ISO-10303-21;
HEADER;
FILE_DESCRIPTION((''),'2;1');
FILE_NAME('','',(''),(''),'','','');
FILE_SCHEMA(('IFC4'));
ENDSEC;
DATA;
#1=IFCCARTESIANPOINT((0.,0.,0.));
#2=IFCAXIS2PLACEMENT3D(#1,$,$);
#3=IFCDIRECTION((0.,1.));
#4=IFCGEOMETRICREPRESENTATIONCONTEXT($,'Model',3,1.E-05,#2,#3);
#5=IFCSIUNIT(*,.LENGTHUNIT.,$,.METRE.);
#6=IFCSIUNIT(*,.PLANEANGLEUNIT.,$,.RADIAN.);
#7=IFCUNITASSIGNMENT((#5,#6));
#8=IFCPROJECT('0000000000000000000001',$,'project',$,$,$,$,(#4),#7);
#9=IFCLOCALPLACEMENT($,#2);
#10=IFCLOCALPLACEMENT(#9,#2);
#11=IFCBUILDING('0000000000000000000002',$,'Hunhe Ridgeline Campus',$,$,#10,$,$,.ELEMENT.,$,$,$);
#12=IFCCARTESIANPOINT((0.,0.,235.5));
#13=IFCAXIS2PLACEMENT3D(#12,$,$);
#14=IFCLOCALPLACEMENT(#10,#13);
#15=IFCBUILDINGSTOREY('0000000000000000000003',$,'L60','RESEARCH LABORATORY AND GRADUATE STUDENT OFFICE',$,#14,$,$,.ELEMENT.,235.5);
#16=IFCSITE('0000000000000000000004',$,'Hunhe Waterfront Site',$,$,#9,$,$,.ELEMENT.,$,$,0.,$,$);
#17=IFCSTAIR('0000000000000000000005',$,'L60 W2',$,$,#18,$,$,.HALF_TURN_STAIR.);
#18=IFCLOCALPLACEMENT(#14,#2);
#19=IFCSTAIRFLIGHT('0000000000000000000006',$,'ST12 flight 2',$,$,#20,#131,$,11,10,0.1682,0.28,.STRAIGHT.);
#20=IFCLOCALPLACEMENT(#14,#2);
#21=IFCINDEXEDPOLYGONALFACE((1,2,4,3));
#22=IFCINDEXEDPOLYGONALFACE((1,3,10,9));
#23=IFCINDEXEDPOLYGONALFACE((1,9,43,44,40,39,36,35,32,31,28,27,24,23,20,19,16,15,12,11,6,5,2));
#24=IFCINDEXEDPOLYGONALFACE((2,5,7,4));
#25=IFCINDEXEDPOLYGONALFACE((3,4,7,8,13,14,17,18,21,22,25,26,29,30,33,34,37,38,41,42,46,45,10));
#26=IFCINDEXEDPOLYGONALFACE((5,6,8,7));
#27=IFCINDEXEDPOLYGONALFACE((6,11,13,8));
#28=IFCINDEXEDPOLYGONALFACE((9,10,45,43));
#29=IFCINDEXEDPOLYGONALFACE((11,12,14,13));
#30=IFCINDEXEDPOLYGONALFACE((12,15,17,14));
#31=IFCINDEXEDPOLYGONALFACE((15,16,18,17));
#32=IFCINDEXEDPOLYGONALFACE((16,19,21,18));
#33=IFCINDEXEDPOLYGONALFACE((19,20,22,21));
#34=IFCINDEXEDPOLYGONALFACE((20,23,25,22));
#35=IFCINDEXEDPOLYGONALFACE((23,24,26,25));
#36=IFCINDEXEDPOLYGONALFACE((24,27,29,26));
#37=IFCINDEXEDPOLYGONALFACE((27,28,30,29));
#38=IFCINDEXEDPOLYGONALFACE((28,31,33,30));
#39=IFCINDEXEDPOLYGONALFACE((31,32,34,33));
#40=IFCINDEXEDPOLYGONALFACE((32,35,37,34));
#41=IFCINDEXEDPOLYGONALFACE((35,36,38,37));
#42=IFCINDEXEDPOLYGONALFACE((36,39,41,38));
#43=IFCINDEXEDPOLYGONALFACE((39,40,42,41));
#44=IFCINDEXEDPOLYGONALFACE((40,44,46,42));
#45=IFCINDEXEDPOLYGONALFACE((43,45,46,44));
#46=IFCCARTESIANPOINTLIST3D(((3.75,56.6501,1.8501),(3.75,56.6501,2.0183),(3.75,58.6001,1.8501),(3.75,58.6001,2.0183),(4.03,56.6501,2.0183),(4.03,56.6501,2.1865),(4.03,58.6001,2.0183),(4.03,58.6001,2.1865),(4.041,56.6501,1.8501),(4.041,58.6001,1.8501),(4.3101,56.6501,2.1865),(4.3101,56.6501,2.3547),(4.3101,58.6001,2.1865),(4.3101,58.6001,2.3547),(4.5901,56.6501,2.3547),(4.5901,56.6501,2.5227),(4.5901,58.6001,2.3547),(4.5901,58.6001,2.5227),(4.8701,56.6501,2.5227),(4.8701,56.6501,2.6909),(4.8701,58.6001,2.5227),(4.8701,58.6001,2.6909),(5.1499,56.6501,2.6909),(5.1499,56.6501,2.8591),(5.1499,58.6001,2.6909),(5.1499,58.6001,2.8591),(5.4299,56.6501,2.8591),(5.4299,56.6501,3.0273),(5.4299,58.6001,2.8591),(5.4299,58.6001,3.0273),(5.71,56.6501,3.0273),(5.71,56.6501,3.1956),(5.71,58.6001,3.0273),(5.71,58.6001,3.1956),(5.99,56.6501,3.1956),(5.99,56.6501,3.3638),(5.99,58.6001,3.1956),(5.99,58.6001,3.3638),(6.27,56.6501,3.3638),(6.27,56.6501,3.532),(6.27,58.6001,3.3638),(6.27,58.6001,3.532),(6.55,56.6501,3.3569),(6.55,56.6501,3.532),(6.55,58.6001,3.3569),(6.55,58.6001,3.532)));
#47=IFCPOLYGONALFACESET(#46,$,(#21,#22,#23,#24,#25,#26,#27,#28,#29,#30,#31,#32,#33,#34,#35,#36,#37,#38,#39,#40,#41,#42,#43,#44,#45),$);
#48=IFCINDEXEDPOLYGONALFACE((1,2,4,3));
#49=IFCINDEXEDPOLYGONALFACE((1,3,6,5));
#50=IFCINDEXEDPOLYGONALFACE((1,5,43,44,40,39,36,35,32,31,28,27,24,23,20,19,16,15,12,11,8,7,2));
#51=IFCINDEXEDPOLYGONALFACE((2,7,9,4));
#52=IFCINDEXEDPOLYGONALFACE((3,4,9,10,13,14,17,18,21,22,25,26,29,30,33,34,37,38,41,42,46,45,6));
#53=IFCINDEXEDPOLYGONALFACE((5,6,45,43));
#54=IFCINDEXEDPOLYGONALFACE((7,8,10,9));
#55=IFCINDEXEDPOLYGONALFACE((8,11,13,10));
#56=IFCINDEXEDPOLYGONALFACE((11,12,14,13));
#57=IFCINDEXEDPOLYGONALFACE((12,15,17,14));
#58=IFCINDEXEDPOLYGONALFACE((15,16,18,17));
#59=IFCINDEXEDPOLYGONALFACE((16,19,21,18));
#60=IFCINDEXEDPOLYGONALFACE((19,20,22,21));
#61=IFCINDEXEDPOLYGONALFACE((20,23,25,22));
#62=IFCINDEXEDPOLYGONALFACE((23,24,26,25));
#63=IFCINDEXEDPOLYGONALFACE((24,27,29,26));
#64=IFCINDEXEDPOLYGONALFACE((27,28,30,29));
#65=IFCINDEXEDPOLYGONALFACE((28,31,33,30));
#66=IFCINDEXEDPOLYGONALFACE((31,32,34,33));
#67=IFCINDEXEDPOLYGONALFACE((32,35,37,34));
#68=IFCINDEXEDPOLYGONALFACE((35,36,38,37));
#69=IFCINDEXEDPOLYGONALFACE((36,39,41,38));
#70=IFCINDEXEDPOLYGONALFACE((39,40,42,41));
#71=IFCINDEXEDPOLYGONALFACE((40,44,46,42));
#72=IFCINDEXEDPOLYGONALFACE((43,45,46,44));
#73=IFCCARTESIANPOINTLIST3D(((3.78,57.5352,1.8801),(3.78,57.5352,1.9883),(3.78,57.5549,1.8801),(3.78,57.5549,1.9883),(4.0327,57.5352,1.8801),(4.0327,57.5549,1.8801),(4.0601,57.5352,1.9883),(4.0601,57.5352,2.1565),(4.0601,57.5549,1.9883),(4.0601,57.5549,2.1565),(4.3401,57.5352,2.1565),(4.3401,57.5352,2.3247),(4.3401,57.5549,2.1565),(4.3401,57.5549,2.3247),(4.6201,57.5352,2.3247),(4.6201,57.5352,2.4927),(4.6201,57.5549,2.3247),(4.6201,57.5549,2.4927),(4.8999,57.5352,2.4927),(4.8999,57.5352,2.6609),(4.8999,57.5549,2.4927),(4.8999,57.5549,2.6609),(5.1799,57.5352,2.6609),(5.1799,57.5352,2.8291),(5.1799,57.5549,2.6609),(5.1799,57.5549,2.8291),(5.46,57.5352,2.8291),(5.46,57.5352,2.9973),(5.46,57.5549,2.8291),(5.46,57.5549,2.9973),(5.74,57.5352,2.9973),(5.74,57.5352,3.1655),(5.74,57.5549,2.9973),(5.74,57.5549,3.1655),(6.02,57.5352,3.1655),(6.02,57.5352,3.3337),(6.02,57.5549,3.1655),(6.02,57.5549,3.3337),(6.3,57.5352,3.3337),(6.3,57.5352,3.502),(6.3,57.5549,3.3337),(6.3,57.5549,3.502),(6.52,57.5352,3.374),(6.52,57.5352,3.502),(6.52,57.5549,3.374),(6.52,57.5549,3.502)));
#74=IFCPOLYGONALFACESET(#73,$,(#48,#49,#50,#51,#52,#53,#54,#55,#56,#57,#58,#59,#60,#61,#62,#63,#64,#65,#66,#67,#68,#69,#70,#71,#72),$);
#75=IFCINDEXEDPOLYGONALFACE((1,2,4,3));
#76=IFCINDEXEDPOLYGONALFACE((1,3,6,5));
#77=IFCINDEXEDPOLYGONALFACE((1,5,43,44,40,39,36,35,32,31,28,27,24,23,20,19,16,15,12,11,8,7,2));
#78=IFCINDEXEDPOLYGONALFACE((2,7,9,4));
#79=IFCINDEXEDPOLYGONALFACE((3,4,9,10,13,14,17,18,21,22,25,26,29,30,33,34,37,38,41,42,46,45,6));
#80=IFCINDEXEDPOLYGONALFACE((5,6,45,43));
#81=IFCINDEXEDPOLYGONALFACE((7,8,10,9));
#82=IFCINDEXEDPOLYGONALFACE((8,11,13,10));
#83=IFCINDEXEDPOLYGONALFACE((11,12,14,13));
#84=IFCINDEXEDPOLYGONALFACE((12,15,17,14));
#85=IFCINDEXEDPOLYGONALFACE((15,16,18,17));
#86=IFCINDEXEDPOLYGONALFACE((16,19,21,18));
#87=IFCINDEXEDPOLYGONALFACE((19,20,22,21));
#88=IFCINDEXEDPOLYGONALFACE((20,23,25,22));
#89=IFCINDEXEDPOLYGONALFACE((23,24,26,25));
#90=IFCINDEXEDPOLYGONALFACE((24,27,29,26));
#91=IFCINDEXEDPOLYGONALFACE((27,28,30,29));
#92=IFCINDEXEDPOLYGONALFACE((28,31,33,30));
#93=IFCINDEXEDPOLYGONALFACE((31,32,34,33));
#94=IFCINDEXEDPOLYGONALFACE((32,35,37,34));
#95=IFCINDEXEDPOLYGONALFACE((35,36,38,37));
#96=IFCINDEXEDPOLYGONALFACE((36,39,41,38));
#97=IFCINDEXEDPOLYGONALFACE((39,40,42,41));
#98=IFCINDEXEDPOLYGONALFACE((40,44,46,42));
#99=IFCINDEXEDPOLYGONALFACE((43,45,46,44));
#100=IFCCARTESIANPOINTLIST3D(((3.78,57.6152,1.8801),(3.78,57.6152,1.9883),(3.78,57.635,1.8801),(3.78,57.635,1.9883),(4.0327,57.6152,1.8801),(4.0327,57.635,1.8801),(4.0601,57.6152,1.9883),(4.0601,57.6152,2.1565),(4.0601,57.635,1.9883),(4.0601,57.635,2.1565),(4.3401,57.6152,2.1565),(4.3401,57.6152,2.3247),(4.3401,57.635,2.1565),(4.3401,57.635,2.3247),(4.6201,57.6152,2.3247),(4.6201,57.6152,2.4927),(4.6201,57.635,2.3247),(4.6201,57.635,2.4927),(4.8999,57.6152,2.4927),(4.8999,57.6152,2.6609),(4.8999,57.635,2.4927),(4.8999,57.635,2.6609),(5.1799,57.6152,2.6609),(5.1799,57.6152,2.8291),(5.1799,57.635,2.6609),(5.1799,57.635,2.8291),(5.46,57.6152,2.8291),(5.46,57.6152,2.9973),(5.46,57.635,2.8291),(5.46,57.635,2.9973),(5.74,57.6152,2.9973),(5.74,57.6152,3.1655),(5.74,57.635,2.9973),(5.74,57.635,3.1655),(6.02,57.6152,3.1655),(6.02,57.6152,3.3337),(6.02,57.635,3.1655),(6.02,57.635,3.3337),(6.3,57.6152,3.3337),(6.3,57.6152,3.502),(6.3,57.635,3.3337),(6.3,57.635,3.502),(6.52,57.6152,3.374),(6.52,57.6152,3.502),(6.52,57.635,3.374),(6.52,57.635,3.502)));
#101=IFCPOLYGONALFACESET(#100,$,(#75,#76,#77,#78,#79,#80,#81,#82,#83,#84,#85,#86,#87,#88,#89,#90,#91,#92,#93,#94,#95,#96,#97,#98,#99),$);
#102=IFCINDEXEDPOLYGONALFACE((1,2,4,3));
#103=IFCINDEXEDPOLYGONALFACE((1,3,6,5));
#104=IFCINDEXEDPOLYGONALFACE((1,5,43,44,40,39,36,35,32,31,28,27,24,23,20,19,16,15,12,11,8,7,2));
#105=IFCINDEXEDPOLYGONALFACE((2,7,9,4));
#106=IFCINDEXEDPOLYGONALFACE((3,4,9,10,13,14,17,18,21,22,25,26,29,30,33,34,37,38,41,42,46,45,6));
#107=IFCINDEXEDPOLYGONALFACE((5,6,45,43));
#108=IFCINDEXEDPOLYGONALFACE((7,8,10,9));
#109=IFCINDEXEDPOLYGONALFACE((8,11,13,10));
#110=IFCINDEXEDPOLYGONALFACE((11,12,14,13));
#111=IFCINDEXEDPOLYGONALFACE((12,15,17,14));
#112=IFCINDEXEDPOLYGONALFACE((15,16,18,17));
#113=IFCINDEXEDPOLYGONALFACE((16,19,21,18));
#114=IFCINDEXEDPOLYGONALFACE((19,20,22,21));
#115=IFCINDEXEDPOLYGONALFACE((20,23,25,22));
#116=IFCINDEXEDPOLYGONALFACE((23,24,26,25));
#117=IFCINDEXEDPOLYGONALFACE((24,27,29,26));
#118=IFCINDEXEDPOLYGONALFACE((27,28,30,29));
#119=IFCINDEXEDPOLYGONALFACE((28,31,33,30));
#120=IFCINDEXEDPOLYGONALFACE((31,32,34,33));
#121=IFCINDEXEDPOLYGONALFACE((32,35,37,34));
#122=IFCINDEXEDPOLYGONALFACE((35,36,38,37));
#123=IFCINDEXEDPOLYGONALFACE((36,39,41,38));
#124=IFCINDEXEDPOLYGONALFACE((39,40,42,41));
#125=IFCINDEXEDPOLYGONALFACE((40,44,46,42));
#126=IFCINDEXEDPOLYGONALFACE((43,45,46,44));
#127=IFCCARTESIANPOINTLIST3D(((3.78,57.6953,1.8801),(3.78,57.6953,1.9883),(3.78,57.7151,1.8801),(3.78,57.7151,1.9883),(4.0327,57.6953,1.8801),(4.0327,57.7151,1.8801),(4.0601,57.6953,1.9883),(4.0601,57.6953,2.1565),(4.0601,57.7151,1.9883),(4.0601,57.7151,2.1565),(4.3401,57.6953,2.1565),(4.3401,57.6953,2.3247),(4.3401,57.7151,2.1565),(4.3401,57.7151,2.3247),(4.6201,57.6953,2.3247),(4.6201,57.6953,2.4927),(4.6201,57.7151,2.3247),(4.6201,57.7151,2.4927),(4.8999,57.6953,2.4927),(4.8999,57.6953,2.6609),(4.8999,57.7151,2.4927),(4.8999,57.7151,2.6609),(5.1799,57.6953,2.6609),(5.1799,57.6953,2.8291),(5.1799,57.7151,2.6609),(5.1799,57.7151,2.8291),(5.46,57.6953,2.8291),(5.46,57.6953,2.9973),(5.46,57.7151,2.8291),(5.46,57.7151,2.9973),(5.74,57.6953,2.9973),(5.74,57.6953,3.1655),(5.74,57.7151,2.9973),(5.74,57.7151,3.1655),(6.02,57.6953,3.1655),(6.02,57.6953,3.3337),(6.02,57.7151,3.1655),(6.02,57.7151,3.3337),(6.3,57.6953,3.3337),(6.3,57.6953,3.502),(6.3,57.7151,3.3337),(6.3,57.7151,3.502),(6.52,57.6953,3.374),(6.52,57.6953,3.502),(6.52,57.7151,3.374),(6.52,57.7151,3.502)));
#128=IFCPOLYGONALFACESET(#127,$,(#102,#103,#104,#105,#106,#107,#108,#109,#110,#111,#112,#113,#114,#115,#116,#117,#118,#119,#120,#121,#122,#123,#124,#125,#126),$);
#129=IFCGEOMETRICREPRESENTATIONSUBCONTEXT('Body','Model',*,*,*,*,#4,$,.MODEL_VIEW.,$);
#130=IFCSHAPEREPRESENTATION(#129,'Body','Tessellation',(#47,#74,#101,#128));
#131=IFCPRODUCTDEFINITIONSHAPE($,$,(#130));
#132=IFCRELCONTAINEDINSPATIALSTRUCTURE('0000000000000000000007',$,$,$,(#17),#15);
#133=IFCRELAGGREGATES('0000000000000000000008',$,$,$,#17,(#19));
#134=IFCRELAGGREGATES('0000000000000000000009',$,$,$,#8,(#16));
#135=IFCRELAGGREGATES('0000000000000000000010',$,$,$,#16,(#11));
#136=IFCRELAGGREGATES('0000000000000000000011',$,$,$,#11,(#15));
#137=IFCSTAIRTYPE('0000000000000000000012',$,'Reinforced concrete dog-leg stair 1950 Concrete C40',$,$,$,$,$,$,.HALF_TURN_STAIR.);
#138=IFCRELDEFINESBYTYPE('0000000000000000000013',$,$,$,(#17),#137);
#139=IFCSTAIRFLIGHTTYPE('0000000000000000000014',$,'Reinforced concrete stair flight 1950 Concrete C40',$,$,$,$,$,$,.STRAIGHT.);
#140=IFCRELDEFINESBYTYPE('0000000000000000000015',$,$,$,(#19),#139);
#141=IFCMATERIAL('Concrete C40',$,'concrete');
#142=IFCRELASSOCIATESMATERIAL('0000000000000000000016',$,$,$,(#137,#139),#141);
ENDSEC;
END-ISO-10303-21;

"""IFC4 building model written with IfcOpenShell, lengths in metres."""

from ifc_helpers import new_model, si_unit, direction, frame, origin, place, context, subcontext, project, spatial, polyline, outline, extrude, material, type_object, element, aggregate, save


model = new_model("IFC4")

# Units and contexts
model_context = context("Model", 3, precision=1e-05, world=origin(), true_north=direction((0.0, 1.0)))
body_context = subcontext(model_context, "Body", "Model", "MODEL_VIEW")
ifc_project = project(units=[si_unit("LENGTHUNIT", "METRE"), si_unit("PLANEANGLEUNIT", "RADIAN")], contexts=[model_context])

# Site, building, storey
site_placement = place(None, origin())
site = spatial("IfcSite", under=ifc_project, at=site_placement, Name="Hunhe Waterfront Site", CompositionType="ELEMENT", RefElevation=0.0)
building_placement = place(site_placement, origin())
building = spatial("IfcBuilding", under=site, at=building_placement, Name="Hunhe Ridgeline Campus", CompositionType="ELEMENT")
storey_placement = place(building_placement, frame((0.0, 0.0, 235.5)))
storey = spatial("IfcBuildingStorey", under=building, at=storey_placement, Name="L60", Description="RESEARCH LABORATORY AND GRADUATE STUDENT OFFICE", CompositionType="ELEMENT", Elevation=235.5)

# Stair, stair flight
ifc_material_1 = material(Name="Concrete C40", Category="concrete")
stair_type = type_object("IfcStairType", Name="Reinforced concrete dog-leg stair 1950 Concrete C40", PredefinedType="HALF_TURN_STAIR", material=ifc_material_1)
stair_flight_type = type_object("IfcStairFlightType", Name="Reinforced concrete stair flight 1950 Concrete C40", PredefinedType="STRAIGHT", material=ifc_material_1)
stair_1_placement = place(storey_placement, origin())
stair_1 = element("IfcStair", 1, at=stair_1_placement, inside=storey, type_object=stair_type, Name="L60 W2", PredefinedType="HALF_TURN_STAIR")
stair_flight_1_placement = place(storey_placement, frame((3.75, 57.625, 1.8501), z_axis=(0.0, 0.0, 1.0), x_axis=(1.0, 0.0, 0.0)))
stair_flight_1 = element("IfcStairFlight", 2, at=stair_flight_1_placement, type_object=stair_flight_type, Name="ST12 flight 2", NumberOfRisers=11, NumberOfTreads=10, PredefinedType="STRAIGHT", RiserHeight=0.1682, TreadLength=0.28, context=body_context, shape_type="SweptSolid", body=[
    extrude(outline(polyline([(0.0, 0.0), (0.0, 0.1682), (0.28, 0.1682), (0.28, 0.3364), (0.5601, 0.3364), (0.5601, 0.5046), (0.8401, 0.5046), (0.8401, 0.6726), (1.1201, 0.6726), (1.1201, 0.8408), (1.3999, 0.8408), (1.3999, 1.009), (1.6799, 1.009), (1.6799, 1.1772), (1.96, 1.1772), (1.96, 1.3455), (2.24, 1.3455), (2.24, 1.5137), (2.52, 1.5137), (2.52, 1.6819), (2.8, 1.6819), (2.8, 1.8501), (2.8, 1.5068), (0.291, 0.0), (0.0, 0.0)])), frame((0.0, 0.9751, 0.0), z_axis=(0.0, -1.0, 0.0), x_axis=(1.0, 0.0, 0.0)), (0.0, 0.0, 1.0), 1.95),
    extrude(outline(polyline([(0.03, 0.03), (0.03, 0.1382), (0.3101, 0.1382), (0.3101, 0.3064), (0.5901, 0.3064), (0.5901, 0.4746), (0.8701, 0.4746), (0.8701, 0.6426), (1.1499, 0.6426), (1.1499, 0.8108), (1.4299, 0.8108), (1.4299, 0.979), (1.71, 0.979), (1.71, 1.1472), (1.99, 1.1472), (1.99, 1.3154), (2.27, 1.3154), (2.27, 1.4836), (2.55, 1.4836), (2.55, 1.6519), (2.77, 1.6519), (2.77, 1.5239), (0.2827, 0.03), (0.03, 0.03)])), frame((0.0, -0.0701, 0.0), z_axis=(0.0, -1.0, 0.0), x_axis=(1.0, 0.0, 0.0)), (0.0, 0.0, 1.0), 0.0198),
    extrude(outline(polyline([(0.03, 0.03), (0.03, 0.1382), (0.3101, 0.1382), (0.3101, 0.3064), (0.5901, 0.3064), (0.5901, 0.4746), (0.8701, 0.4746), (0.8701, 0.6426), (1.1499, 0.6426), (1.1499, 0.8108), (1.4299, 0.8108), (1.4299, 0.979), (1.71, 0.979), (1.71, 1.1472), (1.99, 1.1472), (1.99, 1.3154), (2.27, 1.3154), (2.27, 1.4836), (2.55, 1.4836), (2.55, 1.6519), (2.77, 1.6519), (2.77, 1.5239), (0.2827, 0.03), (0.03, 0.03)])), frame((0.0, 0.01, 0.0), z_axis=(0.0, -1.0, 0.0), x_axis=(1.0, 0.0, 0.0)), (0.0, 0.0, 1.0), 0.0198),
    extrude(outline(polyline([(0.03, 0.03), (0.03, 0.1382), (0.3101, 0.1382), (0.3101, 0.3064), (0.5901, 0.3064), (0.5901, 0.4746), (0.8701, 0.4746), (0.8701, 0.6426), (1.1499, 0.6426), (1.1499, 0.8108), (1.4299, 0.8108), (1.4299, 0.979), (1.71, 0.979), (1.71, 1.1472), (1.99, 1.1472), (1.99, 1.3154), (2.27, 1.3154), (2.27, 1.4836), (2.55, 1.4836), (2.55, 1.6519), (2.77, 1.6519), (2.77, 1.5239), (0.2827, 0.03), (0.03, 0.03)])), frame((0.0, 0.0901, 0.0), z_axis=(0.0, -1.0, 0.0), x_axis=(1.0, 0.0, 0.0)), (0.0, 0.0, 1.0), 0.0198),
])
aggregate(stair_1, [stair_flight_1])

save(model, "model.ifc")
